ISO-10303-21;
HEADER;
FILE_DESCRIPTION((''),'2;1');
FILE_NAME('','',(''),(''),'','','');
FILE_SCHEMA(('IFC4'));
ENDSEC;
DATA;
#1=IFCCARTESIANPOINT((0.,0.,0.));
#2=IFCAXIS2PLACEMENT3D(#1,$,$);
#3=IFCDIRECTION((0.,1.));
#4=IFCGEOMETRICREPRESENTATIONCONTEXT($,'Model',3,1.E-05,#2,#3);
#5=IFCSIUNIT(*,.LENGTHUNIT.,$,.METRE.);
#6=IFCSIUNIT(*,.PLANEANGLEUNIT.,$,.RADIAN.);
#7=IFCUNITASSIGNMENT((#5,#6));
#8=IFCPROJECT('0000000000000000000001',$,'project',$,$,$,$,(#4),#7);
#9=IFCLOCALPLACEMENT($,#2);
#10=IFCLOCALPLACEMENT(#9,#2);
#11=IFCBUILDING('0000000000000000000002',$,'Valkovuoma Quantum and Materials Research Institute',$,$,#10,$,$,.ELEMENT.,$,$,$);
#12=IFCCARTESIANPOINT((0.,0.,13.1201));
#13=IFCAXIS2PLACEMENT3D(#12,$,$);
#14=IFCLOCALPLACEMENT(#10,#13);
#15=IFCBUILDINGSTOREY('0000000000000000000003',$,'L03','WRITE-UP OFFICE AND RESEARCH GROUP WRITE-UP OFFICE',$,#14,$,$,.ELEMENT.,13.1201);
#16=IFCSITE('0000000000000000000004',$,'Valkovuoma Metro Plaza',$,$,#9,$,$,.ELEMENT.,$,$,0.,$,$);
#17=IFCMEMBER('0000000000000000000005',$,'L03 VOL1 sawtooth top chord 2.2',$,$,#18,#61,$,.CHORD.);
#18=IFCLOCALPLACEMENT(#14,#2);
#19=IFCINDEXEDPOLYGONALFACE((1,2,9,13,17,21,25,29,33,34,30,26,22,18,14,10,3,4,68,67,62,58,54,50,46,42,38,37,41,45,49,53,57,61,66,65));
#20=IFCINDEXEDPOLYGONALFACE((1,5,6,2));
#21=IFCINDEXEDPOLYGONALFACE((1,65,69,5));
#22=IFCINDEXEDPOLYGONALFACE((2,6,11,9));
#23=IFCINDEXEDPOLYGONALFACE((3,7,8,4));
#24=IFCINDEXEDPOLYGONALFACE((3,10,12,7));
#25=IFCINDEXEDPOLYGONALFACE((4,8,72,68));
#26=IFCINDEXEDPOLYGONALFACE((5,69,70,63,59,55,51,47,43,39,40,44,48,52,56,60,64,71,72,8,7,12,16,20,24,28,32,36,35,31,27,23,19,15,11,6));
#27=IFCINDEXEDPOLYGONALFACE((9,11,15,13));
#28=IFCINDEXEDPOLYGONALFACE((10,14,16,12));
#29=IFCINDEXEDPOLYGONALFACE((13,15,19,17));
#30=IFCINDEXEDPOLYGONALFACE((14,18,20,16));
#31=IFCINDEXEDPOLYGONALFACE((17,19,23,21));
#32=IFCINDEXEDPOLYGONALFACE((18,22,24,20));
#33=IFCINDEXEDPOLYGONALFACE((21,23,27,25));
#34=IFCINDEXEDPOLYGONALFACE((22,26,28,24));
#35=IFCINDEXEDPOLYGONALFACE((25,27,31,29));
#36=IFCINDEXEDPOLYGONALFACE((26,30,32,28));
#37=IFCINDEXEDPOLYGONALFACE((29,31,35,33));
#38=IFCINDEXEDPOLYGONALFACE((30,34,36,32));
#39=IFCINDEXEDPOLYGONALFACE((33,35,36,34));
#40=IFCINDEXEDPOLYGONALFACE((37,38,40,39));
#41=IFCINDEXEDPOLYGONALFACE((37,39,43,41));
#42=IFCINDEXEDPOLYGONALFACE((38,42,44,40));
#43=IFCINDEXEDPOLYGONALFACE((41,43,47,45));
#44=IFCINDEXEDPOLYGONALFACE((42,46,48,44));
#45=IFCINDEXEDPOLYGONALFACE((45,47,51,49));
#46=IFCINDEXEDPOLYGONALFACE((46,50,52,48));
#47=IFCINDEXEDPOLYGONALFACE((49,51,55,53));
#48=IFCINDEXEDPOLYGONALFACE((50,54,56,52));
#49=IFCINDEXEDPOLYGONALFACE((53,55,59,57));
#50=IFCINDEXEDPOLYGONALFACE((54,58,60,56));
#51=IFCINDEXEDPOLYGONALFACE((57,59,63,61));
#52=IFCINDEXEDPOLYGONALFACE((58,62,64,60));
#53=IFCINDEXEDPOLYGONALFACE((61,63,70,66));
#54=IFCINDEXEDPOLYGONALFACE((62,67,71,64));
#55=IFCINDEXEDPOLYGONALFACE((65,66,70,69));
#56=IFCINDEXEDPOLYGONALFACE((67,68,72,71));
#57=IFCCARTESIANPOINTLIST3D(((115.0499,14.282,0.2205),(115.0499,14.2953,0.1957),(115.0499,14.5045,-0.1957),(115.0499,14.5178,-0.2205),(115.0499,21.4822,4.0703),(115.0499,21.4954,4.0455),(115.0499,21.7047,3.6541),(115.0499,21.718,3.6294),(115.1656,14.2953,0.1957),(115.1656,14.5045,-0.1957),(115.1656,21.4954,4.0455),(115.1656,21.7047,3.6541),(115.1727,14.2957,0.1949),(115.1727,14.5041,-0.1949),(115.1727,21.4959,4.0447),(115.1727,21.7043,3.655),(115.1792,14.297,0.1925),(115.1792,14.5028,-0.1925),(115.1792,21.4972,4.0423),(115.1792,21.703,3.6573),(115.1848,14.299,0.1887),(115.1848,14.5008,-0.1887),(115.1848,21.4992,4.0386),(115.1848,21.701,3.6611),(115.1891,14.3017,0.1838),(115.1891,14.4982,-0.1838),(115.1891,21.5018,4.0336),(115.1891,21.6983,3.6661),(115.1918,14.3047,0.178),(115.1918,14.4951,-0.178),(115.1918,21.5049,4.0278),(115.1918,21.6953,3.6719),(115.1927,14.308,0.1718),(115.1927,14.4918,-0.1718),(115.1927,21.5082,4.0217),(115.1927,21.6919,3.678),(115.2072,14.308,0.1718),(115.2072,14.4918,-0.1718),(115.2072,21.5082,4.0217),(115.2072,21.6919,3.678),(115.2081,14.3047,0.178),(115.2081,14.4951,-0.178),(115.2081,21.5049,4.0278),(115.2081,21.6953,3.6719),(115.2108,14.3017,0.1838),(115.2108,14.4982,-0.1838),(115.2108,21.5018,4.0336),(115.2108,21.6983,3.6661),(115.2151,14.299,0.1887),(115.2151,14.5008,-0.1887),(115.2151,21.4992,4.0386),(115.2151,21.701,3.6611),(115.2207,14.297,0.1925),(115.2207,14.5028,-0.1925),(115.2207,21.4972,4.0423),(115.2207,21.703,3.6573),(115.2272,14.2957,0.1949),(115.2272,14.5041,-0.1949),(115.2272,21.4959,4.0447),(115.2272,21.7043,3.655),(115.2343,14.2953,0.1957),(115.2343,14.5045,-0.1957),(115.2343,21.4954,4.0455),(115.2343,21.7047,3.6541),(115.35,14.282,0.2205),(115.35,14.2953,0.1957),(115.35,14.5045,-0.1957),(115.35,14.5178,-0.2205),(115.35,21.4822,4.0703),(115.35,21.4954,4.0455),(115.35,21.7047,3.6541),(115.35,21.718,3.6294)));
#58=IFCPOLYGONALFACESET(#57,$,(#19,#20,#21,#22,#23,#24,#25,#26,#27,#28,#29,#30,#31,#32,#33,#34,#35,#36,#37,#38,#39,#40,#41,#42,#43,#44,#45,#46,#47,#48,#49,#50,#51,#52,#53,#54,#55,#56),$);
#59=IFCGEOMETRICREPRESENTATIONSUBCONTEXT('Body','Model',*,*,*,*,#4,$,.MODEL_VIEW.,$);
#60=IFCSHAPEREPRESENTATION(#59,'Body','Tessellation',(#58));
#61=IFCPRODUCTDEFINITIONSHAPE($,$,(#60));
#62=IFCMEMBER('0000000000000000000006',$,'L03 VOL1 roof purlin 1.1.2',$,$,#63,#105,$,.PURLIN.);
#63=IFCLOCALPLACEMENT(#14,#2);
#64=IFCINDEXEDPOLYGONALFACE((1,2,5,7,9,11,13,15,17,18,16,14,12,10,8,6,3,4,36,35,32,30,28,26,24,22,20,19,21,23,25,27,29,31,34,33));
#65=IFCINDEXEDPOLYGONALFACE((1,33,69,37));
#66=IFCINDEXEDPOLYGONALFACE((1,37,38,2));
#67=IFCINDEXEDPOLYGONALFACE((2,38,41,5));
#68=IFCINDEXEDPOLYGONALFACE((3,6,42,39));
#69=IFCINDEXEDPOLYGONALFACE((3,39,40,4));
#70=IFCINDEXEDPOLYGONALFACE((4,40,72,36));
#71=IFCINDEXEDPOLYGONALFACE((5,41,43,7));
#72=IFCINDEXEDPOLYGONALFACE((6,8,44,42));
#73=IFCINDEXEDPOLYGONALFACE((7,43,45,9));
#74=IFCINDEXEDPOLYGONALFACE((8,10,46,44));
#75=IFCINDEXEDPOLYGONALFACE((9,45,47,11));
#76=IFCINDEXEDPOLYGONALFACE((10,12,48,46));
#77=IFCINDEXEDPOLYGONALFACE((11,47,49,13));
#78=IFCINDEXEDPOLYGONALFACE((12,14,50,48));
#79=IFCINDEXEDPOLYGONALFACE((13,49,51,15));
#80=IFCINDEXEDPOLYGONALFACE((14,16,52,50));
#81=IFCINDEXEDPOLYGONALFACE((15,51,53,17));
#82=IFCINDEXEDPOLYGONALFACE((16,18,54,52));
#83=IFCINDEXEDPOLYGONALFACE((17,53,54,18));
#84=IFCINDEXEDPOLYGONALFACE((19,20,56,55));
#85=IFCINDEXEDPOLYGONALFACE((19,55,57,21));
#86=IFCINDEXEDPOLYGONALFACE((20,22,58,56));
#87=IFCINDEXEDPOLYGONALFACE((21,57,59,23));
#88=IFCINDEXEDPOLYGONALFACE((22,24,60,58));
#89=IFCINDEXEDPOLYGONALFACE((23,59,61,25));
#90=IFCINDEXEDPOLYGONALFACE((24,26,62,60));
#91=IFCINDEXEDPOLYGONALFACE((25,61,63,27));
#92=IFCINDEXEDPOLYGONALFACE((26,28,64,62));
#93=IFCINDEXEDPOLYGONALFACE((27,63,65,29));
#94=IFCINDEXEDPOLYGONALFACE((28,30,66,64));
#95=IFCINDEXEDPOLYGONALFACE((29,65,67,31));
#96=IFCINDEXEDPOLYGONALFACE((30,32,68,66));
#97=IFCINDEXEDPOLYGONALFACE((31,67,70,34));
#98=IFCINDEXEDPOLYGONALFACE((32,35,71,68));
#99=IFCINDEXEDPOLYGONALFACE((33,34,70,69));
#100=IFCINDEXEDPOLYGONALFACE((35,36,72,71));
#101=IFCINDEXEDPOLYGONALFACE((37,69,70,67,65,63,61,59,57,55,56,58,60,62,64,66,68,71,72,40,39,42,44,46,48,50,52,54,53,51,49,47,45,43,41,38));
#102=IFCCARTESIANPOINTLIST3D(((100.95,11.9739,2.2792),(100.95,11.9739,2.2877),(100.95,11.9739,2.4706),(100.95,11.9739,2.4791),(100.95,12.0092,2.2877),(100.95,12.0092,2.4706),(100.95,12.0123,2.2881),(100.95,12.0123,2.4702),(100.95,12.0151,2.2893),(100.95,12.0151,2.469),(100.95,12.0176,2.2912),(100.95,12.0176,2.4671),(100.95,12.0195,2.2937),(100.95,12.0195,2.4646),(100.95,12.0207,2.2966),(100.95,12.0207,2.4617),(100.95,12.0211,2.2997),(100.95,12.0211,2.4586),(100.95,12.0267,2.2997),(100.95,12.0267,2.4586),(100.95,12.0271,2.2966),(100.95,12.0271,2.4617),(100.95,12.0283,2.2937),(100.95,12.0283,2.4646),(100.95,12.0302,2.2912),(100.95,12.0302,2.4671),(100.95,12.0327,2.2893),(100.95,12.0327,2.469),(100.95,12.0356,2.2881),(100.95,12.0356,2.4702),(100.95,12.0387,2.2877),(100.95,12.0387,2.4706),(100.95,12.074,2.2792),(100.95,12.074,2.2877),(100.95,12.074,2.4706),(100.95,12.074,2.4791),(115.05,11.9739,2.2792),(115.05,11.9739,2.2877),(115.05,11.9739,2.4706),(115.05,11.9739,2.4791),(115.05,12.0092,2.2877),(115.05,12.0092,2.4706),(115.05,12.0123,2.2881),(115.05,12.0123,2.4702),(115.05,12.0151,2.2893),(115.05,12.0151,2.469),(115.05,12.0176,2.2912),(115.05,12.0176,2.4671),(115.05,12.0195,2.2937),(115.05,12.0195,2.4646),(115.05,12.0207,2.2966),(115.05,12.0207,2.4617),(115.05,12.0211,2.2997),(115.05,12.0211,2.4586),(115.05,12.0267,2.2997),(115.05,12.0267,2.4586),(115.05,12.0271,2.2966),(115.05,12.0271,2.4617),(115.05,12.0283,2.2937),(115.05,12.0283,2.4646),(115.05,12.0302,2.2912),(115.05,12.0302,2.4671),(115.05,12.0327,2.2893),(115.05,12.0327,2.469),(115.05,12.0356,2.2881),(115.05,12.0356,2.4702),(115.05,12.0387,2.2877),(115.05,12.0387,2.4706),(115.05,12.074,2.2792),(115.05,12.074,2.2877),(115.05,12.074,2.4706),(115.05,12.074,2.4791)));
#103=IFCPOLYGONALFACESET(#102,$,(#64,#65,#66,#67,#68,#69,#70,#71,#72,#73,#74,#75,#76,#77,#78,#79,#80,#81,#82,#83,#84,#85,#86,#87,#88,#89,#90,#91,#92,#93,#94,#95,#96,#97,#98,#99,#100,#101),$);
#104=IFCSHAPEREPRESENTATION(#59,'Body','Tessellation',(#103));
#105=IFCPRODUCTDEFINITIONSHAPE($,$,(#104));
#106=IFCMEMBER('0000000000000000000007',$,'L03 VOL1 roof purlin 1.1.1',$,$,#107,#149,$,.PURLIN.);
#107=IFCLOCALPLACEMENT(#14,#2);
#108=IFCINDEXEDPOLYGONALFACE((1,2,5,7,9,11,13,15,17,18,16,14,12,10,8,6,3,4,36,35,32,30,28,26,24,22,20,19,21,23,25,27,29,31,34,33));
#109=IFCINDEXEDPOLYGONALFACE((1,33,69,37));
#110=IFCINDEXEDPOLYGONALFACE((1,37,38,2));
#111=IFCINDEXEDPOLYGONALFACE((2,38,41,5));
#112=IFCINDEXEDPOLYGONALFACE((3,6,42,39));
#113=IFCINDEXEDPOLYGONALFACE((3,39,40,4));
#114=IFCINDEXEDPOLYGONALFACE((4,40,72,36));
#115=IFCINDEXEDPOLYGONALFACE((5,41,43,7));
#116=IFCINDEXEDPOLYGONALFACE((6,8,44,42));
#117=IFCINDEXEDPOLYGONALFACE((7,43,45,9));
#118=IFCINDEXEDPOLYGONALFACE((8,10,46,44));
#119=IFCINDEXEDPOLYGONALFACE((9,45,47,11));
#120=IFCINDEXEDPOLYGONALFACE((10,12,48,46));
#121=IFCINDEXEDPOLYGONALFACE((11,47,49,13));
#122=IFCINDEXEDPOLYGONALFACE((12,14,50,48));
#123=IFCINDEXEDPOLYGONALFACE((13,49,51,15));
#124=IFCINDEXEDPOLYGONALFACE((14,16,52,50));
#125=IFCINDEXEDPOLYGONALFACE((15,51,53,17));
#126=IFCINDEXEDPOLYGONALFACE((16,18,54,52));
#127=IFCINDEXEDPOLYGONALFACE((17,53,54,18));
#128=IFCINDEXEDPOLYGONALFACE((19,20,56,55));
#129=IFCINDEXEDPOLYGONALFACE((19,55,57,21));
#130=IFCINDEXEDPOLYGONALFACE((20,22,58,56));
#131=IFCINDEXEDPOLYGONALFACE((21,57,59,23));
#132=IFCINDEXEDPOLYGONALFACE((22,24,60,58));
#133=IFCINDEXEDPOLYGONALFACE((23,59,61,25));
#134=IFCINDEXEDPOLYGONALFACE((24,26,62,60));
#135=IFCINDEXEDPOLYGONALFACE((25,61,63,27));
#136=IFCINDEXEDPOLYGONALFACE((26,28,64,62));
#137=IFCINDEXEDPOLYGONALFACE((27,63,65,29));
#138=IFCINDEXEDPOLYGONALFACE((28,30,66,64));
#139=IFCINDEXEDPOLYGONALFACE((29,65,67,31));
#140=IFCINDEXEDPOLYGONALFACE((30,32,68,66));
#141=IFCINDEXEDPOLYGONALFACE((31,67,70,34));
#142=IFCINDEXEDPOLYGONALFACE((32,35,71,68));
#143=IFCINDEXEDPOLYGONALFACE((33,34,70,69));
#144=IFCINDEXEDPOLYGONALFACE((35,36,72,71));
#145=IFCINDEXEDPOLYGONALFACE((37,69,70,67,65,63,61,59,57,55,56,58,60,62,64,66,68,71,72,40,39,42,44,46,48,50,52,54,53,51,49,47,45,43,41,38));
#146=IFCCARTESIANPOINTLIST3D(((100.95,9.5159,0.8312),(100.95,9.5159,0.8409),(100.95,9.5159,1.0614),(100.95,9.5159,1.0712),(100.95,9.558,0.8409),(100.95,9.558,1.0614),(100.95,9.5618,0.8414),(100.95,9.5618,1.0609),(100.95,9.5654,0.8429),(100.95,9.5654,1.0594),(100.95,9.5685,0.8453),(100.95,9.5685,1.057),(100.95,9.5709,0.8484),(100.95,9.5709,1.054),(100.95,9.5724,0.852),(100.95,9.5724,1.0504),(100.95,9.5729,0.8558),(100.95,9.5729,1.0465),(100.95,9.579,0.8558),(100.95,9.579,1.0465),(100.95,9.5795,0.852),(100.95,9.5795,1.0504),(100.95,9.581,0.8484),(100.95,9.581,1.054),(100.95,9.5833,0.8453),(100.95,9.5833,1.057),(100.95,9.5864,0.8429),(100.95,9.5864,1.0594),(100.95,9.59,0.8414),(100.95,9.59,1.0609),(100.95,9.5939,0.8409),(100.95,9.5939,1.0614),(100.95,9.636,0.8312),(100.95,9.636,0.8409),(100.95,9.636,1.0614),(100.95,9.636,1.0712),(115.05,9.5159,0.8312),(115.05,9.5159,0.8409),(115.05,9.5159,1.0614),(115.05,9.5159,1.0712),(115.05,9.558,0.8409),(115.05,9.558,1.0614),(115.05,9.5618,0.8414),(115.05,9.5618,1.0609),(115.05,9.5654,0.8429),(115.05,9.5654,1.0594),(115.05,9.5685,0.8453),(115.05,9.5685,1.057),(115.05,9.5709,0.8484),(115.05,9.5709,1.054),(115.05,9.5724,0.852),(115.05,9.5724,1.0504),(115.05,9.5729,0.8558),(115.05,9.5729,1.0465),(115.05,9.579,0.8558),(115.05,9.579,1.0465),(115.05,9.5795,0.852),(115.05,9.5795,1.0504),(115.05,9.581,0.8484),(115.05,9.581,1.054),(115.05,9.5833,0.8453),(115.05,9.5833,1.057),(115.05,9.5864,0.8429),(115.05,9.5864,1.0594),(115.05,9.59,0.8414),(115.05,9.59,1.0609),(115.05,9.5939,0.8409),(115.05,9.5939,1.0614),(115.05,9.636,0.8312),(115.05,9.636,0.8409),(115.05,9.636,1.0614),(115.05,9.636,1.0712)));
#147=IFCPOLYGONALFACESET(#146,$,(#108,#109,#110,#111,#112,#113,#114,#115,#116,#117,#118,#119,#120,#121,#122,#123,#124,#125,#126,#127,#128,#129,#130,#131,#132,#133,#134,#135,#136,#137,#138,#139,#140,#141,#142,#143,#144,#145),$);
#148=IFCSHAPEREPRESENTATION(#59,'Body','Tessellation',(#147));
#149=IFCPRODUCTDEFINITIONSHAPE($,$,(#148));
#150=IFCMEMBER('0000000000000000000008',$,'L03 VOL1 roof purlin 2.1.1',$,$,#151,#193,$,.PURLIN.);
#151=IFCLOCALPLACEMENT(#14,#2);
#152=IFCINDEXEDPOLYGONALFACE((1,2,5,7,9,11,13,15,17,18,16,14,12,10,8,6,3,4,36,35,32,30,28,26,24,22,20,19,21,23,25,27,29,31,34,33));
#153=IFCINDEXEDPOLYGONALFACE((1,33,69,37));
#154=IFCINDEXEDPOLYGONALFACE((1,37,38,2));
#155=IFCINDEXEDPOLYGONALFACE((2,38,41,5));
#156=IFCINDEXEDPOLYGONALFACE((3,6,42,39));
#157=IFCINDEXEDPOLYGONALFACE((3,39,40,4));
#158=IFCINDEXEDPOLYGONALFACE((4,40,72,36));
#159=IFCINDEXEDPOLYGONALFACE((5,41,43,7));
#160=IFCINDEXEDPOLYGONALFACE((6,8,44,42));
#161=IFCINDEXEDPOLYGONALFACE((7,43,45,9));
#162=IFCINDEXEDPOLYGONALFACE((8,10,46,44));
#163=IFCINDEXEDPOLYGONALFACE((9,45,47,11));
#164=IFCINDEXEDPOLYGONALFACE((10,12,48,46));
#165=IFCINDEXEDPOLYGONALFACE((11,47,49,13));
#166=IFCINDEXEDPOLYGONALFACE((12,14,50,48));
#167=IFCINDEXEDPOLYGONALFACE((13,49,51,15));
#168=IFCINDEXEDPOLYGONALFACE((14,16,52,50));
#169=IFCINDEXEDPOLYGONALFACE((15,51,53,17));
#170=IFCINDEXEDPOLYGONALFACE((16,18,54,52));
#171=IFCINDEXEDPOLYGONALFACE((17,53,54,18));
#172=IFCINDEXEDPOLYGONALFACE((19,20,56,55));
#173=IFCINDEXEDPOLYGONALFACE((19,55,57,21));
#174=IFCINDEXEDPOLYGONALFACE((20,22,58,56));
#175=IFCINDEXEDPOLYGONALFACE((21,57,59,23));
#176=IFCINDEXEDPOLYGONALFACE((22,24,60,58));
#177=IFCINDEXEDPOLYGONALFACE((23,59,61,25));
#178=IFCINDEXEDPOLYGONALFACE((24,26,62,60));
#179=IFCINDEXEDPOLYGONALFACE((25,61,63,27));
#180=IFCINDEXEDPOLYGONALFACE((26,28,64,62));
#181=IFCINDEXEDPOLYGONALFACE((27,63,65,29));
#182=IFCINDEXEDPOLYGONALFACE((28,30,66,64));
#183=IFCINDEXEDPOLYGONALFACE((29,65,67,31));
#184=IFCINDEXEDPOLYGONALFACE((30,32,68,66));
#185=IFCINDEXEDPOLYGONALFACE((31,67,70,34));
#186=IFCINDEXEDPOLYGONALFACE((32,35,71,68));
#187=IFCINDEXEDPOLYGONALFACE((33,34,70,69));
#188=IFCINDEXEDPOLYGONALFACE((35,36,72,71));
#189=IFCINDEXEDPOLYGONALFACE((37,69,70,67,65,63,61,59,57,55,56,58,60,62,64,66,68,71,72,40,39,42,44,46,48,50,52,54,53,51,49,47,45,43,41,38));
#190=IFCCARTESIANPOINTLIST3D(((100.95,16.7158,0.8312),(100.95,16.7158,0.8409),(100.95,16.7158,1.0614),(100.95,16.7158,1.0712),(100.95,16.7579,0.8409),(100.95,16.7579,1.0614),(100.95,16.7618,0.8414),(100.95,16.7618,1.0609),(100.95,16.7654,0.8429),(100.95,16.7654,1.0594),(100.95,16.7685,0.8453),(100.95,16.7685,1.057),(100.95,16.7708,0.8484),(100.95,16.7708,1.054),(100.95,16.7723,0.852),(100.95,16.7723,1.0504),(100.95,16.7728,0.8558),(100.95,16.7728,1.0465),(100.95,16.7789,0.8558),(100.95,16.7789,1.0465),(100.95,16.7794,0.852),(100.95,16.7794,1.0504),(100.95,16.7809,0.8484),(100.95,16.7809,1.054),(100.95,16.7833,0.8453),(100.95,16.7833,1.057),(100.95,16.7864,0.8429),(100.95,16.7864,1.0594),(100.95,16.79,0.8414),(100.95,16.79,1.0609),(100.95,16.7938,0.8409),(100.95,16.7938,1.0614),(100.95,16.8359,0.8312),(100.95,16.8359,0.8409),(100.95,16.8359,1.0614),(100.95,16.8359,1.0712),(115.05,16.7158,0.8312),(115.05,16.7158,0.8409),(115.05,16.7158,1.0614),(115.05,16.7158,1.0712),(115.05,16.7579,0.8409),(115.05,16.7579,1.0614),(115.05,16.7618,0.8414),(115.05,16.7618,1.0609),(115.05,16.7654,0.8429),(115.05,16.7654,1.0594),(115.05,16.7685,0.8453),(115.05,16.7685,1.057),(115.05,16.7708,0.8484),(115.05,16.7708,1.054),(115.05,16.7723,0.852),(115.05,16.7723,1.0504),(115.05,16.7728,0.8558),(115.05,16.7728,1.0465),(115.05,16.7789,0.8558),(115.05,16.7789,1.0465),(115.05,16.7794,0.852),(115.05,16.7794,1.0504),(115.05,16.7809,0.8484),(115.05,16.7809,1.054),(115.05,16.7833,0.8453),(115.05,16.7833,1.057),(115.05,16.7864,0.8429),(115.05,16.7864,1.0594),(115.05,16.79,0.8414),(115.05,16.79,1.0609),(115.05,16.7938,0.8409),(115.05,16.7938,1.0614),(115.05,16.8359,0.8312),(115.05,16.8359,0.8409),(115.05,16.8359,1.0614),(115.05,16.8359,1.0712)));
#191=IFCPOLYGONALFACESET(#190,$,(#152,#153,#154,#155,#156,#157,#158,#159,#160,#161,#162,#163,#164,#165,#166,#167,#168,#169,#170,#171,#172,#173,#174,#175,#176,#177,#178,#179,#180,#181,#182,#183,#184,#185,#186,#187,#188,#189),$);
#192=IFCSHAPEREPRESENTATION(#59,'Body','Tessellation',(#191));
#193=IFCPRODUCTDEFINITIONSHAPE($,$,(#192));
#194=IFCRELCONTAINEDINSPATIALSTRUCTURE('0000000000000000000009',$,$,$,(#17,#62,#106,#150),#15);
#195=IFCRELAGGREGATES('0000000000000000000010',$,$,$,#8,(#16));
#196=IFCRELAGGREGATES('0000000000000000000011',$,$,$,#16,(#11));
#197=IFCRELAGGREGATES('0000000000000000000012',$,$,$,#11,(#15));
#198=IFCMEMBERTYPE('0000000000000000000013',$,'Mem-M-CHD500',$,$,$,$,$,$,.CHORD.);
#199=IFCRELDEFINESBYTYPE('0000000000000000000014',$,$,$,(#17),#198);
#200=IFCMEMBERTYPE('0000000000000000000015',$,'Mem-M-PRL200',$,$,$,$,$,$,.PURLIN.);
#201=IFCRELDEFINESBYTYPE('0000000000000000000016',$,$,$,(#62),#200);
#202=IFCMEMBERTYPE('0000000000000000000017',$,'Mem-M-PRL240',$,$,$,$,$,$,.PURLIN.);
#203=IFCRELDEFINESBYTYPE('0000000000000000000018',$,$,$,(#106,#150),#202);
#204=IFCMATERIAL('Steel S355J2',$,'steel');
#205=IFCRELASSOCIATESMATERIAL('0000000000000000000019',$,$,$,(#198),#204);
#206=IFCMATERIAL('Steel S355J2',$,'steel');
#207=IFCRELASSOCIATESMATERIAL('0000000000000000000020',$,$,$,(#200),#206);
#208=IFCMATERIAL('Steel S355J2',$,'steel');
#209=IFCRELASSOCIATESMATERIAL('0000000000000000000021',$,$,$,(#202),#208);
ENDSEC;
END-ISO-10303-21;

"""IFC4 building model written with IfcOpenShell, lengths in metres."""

from ifc_helpers import new_model, si_unit, direction, frame, origin, origin_2d, place, context, subcontext, project, spatial, i_section, extrude, material, material_profile, profile_set, type_object, element, save


model = new_model("IFC4")

# Units and contexts
model_context = context("Model", 3, precision=1e-05, world=origin(), true_north=direction((0.0, 1.0)))
body_context = subcontext(model_context, "Body", "Model", "MODEL_VIEW")
ifc_project = project(units=[si_unit("LENGTHUNIT", "METRE"), si_unit("PLANEANGLEUNIT", "RADIAN")], contexts=[model_context])

# Site, building, storey
site_placement = place(None, origin())
site = spatial("IfcSite", under=ifc_project, at=site_placement, Name="Valkovuoma Metro Plaza", CompositionType="ELEMENT", RefElevation=0.0)
building_placement = place(site_placement, origin())
building = spatial("IfcBuilding", under=site, at=building_placement, Name="Valkovuoma Quantum and Materials Research Institute", CompositionType="ELEMENT")
storey_placement = place(building_placement, frame((0.0, 0.0, 13.1201)))
storey = spatial("IfcBuildingStorey", under=building, at=storey_placement, Name="L03", Description="WRITE-UP OFFICE AND RESEARCH GROUP WRITE-UP OFFICE", CompositionType="ELEMENT", Elevation=13.1201)

# Members
ifc_material_1 = material(Name="Steel S355J2", Category="steel")
ifc_material_profile_1 = material_profile(ifc_material_1, i_section(OverallWidth=0.3, OverallDepth=0.5, WebThickness=0.0144, FlangeThickness=0.0281, FilletRadius=0.0271, at=origin_2d()), Name="Steel S355J2")
ifc_profile_set_1 = profile_set([ifc_material_profile_1], Name="Steel S355J2")
member_type_1 = type_object("IfcMemberType", Name="Mem-M-CHD500", PredefinedType="CHORD", material=ifc_profile_set_1)
member_1_placement = place(storey_placement, frame((115.2, 14.3999, 0.0), z_axis=(0.0, 0.881857, 0.471518), x_axis=(-1.0, 0.0, 0.0)))
element("IfcMember", 1, at=member_1_placement, inside=storey, type_object=member_type_1, Name="L03 VOL1 sawtooth top chord 2.2", PredefinedType="CHORD", context=body_context, shape_type="SweptSolid", body=[
    extrude(i_section(OverallWidth=0.3, OverallDepth=0.5, WebThickness=0.0144, FlangeThickness=0.0281, FilletRadius=0.0271, at=origin_2d()), origin(), (0.0, 0.0, 1.0), 8.1648),
])
ifc_material_2 = material(Name="Steel S355J2", Category="steel")
ifc_material_profile_2 = material_profile(ifc_material_2, i_section(OverallWidth=0.1001, OverallDepth=0.2, WebThickness=0.0056, FlangeThickness=0.0085, FilletRadius=0.012, at=origin_2d()), Name="Steel S355J2")
ifc_profile_set_2 = profile_set([ifc_material_profile_2], Name="Steel S355J2")
member_type_2 = type_object("IfcMemberType", Name="Mem-M-PRL200", PredefinedType="PURLIN", material=ifc_profile_set_2)
member_2_placement = place(storey_placement, frame((100.95, 12.0239, 2.3792), z_axis=(1.0, 0.0, 0.0), x_axis=(0.0, 1.0, 0.0)))
element("IfcMember", 2, at=member_2_placement, inside=storey, type_object=member_type_2, Name="L03 VOL1 roof purlin 1.1.2", PredefinedType="PURLIN", context=body_context, shape_type="SweptSolid", body=[
    extrude(i_section(OverallWidth=0.1001, OverallDepth=0.2, WebThickness=0.0056, FlangeThickness=0.0085, FilletRadius=0.012, at=origin_2d()), origin(), (0.0, 0.0, 1.0), 14.1001),
])
ifc_material_3 = material(Name="Steel S355J2", Category="steel")
ifc_material_profile_3 = material_profile(ifc_material_3, i_section(OverallWidth=0.1201, OverallDepth=0.24, WebThickness=0.0061, FlangeThickness=0.0098, FilletRadius=0.0149, at=origin_2d()), Name="Steel S355J2")
ifc_profile_set_3 = profile_set([ifc_material_profile_3], Name="Steel S355J2")
member_type_3 = type_object("IfcMemberType", Name="Mem-M-PRL240", PredefinedType="PURLIN", material=ifc_profile_set_3)
for number, where, z_axis, x_axis, name in (
    (3, (100.95, 9.5759, 0.9512), (1.0, 0.0, 0.0), (0.0, 1.0, 0.0), "L03 VOL1 roof purlin 1.1.1"),
    (4, (100.95, 16.7759, 0.9512), (1.0, 0.0, 0.0), (0.0, 1.0, 0.0), "L03 VOL1 roof purlin 2.1.1"),
):
    element("IfcMember", number, at=place(storey_placement, frame(where, z_axis=z_axis, x_axis=x_axis)), inside=storey, type_object=member_type_3, Name=name, PredefinedType="PURLIN", context=body_context, shape_type="SweptSolid", body=[
        extrude(i_section(OverallWidth=0.1201, OverallDepth=0.24, WebThickness=0.0061, FlangeThickness=0.0098, FilletRadius=0.0149, at=origin_2d()), origin(), (0.0, 0.0, 1.0), 14.1001),
    ])

save(model, "model.ifc")
